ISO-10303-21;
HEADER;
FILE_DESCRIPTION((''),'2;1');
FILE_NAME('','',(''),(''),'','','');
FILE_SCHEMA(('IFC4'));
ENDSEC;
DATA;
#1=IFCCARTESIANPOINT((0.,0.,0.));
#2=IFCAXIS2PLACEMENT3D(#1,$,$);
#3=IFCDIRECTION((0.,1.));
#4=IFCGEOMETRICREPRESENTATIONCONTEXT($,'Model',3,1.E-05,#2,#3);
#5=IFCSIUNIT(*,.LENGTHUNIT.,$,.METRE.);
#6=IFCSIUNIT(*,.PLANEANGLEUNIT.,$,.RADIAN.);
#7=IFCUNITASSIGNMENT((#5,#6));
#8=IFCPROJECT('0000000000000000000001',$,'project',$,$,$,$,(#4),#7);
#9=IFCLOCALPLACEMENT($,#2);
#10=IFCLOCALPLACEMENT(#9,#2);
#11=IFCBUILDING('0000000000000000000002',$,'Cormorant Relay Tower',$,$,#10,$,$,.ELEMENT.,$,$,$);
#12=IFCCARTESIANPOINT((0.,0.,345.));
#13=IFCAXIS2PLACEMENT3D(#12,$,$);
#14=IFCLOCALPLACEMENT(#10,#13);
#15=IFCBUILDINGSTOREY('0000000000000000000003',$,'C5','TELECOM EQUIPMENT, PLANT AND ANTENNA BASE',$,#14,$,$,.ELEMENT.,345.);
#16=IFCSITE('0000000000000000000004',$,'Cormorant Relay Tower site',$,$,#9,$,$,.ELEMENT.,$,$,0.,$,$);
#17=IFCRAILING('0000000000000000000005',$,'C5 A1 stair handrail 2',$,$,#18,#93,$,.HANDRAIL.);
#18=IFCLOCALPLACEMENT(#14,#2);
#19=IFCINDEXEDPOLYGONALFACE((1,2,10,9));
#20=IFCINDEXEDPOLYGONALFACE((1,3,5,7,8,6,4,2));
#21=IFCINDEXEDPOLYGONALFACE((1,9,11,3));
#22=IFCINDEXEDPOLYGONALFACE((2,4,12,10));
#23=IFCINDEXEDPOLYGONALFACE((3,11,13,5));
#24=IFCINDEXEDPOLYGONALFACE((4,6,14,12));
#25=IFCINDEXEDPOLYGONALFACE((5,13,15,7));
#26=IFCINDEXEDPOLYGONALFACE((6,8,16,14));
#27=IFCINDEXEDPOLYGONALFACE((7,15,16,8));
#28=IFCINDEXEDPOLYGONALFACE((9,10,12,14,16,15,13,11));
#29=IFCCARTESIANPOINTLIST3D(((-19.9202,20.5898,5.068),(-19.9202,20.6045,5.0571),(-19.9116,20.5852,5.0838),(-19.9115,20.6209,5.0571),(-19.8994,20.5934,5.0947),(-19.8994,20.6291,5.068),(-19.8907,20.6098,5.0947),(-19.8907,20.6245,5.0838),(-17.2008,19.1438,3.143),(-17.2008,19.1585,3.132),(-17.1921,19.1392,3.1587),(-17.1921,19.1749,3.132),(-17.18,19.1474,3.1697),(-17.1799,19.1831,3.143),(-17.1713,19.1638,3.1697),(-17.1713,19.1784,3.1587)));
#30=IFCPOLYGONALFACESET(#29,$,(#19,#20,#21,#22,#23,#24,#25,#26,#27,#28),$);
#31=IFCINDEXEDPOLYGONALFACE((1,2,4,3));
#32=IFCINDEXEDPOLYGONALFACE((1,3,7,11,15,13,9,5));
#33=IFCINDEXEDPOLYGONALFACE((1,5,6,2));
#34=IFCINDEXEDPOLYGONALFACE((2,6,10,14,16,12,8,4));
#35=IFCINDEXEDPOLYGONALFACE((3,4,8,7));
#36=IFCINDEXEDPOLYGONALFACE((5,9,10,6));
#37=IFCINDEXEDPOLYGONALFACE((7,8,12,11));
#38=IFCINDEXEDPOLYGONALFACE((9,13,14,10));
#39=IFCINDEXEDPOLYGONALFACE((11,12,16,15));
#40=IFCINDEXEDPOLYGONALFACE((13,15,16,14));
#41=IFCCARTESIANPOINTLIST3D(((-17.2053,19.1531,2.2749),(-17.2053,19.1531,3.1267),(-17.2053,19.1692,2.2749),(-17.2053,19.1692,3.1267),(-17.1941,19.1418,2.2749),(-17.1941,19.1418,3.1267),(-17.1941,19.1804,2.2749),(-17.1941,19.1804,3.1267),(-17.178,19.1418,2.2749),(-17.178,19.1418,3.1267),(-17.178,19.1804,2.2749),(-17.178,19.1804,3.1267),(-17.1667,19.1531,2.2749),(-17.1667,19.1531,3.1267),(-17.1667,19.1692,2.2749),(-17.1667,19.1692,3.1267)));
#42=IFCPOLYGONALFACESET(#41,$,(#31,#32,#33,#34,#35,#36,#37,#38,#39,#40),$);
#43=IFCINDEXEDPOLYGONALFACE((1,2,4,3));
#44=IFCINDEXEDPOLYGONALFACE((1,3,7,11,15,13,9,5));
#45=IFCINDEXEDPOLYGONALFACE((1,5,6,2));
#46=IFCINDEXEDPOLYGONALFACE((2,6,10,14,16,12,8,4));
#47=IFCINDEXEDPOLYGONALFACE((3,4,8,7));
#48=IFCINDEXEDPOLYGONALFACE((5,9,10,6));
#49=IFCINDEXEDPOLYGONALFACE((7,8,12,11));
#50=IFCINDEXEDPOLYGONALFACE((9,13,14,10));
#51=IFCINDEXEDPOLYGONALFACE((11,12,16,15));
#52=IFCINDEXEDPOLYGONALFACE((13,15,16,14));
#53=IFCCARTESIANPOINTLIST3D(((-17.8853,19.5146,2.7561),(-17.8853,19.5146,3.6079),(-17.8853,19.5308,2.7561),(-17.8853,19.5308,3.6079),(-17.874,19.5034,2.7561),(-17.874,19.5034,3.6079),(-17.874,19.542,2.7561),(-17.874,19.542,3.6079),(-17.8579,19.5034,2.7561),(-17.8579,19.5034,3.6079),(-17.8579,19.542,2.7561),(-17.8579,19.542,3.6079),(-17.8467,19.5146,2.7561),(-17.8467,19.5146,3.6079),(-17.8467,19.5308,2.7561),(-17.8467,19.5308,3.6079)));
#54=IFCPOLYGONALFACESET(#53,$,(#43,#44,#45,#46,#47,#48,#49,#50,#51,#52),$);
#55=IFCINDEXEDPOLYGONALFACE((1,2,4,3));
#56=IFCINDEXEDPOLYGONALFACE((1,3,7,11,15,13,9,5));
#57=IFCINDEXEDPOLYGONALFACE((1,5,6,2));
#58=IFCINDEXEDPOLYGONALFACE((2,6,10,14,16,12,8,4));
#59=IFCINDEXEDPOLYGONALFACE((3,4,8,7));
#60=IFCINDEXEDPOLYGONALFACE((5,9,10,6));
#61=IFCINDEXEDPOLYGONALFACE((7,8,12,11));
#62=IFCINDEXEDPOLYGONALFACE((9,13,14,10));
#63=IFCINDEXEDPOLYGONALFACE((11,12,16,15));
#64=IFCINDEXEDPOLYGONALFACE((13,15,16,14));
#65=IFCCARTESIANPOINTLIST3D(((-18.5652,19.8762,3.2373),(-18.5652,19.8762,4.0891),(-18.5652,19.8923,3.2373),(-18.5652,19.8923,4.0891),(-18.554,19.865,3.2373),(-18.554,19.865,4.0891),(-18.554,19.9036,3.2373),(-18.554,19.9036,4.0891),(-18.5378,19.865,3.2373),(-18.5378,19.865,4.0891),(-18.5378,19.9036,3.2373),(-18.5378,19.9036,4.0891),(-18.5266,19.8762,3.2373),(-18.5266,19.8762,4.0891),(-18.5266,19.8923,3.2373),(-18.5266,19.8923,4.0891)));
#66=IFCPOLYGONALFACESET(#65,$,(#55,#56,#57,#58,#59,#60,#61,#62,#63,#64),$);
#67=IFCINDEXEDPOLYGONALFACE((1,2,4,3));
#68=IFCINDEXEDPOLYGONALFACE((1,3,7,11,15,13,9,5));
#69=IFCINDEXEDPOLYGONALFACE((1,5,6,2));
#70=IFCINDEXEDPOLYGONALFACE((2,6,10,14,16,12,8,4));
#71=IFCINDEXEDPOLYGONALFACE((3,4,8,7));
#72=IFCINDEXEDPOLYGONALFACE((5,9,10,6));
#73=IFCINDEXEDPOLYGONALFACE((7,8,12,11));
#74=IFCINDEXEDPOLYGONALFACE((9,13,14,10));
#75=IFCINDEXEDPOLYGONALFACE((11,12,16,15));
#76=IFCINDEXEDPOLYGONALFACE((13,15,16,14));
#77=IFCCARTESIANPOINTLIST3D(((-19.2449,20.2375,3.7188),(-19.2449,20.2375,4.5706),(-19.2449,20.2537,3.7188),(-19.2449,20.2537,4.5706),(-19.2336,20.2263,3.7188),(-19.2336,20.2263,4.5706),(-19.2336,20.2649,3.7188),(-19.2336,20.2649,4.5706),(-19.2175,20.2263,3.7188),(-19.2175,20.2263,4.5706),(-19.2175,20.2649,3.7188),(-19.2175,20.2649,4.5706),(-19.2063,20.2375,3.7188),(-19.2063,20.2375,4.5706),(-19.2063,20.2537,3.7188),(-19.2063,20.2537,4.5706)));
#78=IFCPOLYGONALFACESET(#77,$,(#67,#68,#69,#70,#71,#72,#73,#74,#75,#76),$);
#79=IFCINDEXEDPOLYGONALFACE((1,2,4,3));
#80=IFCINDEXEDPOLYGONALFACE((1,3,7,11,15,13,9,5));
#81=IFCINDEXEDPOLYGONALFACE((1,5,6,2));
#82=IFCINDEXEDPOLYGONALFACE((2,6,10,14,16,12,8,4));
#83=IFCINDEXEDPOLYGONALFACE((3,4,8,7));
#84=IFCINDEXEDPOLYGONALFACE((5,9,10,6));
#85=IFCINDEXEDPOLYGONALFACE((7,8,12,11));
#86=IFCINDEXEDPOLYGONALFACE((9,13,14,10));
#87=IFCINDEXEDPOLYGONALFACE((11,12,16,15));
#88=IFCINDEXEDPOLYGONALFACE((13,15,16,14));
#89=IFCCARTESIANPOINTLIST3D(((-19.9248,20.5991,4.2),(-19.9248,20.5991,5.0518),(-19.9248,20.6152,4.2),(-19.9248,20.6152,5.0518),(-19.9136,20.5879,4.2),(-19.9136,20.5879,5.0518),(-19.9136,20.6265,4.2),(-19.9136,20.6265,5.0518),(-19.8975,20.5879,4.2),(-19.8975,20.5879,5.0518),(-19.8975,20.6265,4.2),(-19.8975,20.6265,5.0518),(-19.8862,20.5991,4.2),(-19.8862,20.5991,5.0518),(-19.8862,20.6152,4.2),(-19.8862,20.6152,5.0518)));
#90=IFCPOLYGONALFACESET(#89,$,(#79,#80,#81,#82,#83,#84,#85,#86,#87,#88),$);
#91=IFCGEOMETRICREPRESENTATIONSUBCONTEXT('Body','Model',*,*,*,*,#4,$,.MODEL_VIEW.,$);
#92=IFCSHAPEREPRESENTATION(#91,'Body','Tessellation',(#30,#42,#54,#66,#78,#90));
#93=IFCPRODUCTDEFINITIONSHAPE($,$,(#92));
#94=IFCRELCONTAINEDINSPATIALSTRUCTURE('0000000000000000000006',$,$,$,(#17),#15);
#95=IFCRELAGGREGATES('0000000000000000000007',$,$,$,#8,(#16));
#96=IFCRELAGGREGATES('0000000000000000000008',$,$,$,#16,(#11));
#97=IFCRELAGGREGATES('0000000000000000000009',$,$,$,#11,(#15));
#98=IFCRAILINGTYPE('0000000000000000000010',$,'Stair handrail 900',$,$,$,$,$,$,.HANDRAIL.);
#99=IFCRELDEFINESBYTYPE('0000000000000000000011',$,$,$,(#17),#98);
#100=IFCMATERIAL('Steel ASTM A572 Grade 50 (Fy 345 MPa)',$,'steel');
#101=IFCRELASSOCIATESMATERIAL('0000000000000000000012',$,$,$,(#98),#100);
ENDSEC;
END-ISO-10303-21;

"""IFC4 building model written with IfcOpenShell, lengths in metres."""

from ifc_helpers import new_model, si_unit, direction, frame, origin, place, context, subcontext, project, spatial, polyline, outline, extrude, material, type_object, element, save


model = new_model("IFC4")

# Units and contexts
model_context = context("Model", 3, precision=1e-05, world=origin(), true_north=direction((0.0, 1.0)))
body_context = subcontext(model_context, "Body", "Model", "MODEL_VIEW")
ifc_project = project(units=[si_unit("LENGTHUNIT", "METRE"), si_unit("PLANEANGLEUNIT", "RADIAN")], contexts=[model_context])

# Site, building, storey
site_placement = place(None, origin())
site = spatial("IfcSite", under=ifc_project, at=site_placement, Name="Cormorant Relay Tower site", CompositionType="ELEMENT", RefElevation=0.0)
building_placement = place(site_placement, origin())
building = spatial("IfcBuilding", under=site, at=building_placement, Name="Cormorant Relay Tower", CompositionType="ELEMENT")
storey_placement = place(building_placement, frame((0.0, 0.0, 345.0)))
storey = spatial("IfcBuildingStorey", under=building, at=storey_placement, Name="C5", Description="TELECOM EQUIPMENT, PLANT AND ANTENNA BASE", CompositionType="ELEMENT", Elevation=345.0)

# Railing
ifc_material_1 = material(Name="Steel ASTM A572 Grade 50 (Fy 345 MPa)", Category="steel")
railing_type_1 = type_object("IfcRailingType", Name="Stair handrail 900", PredefinedType="HANDRAIL", material=ifc_material_1)
railing_1_placement = place(storey_placement, frame((-17.186, 19.1611, 2.2749)))
element("IfcRailing", 1, at=railing_1_placement, inside=storey, type_object=railing_type_1, Name="C5 A1 stair handrail 2", PredefinedType="HANDRAIL", context=body_context, shape_type="SweptSolid", body=[
    extrude(outline(polyline([(0.0222, 0.0093), (0.0093, 0.0222), (-0.0093, 0.0222), (-0.0222, 0.0093), (-0.0222, -0.0093), (-0.0093, -0.0222), (0.0093, -0.0222), (0.0222, -0.0093), (0.0222, 0.0093)])), frame((0.0, 0.0, 0.876), z_axis=(-0.748727, 0.398125, 0.530004), x_axis=(-0.469489, -0.882938, 0.0)), (0.0, 0.0, 1.0), 3.6321),
    extrude(outline(polyline([(0.0193, 0.0081), (0.0081, 0.0193), (-0.0081, 0.0193), (-0.0193, 0.0081), (-0.0193, -0.0081), (-0.0081, -0.0193), (0.0081, -0.0193), (0.0193, -0.0081), (0.0193, 0.0081)])), origin(), (0.0, 0.0, 1.0), 0.8518),
    extrude(outline(polyline([(0.0193, 0.0081), (0.0081, 0.0193), (-0.0081, 0.0193), (-0.0193, 0.0081), (-0.0193, -0.0081), (-0.0081, -0.0193), (0.0081, -0.0193), (0.0193, -0.0081), (0.0193, 0.0081)])), frame((-0.6799, 0.3616, 0.4812)), (0.0, 0.0, 1.0), 0.8518),
    extrude(outline(polyline([(0.0193, 0.0081), (0.0081, 0.0193), (-0.0081, 0.0193), (-0.0193, 0.0081), (-0.0193, -0.0081), (-0.0081, -0.0193), (0.0081, -0.0193), (0.0193, -0.0081), (0.0193, 0.0081)])), frame((-1.3599, 0.7231, 0.9624)), (0.0, 0.0, 1.0), 0.8518),
    extrude(outline(polyline([(0.0193, 0.0081), (0.0081, 0.0193), (-0.0081, 0.0193), (-0.0193, 0.0081), (-0.0193, -0.0081), (-0.0081, -0.0193), (0.0081, -0.0193), (0.0193, -0.0081), (0.0193, 0.0081)])), frame((-2.0396, 1.0845, 1.4438)), (0.0, 0.0, 1.0), 0.8518),
    extrude(outline(polyline([(0.0193, 0.0081), (0.0081, 0.0193), (-0.0081, 0.0193), (-0.0193, 0.0081), (-0.0193, -0.0081), (-0.0081, -0.0193), (0.0081, -0.0193), (0.0193, -0.0081), (0.0193, 0.0081)])), frame((-2.7195, 1.446, 1.925)), (0.0, 0.0, 1.0), 0.8518),
])

save(model, "model.ifc")
